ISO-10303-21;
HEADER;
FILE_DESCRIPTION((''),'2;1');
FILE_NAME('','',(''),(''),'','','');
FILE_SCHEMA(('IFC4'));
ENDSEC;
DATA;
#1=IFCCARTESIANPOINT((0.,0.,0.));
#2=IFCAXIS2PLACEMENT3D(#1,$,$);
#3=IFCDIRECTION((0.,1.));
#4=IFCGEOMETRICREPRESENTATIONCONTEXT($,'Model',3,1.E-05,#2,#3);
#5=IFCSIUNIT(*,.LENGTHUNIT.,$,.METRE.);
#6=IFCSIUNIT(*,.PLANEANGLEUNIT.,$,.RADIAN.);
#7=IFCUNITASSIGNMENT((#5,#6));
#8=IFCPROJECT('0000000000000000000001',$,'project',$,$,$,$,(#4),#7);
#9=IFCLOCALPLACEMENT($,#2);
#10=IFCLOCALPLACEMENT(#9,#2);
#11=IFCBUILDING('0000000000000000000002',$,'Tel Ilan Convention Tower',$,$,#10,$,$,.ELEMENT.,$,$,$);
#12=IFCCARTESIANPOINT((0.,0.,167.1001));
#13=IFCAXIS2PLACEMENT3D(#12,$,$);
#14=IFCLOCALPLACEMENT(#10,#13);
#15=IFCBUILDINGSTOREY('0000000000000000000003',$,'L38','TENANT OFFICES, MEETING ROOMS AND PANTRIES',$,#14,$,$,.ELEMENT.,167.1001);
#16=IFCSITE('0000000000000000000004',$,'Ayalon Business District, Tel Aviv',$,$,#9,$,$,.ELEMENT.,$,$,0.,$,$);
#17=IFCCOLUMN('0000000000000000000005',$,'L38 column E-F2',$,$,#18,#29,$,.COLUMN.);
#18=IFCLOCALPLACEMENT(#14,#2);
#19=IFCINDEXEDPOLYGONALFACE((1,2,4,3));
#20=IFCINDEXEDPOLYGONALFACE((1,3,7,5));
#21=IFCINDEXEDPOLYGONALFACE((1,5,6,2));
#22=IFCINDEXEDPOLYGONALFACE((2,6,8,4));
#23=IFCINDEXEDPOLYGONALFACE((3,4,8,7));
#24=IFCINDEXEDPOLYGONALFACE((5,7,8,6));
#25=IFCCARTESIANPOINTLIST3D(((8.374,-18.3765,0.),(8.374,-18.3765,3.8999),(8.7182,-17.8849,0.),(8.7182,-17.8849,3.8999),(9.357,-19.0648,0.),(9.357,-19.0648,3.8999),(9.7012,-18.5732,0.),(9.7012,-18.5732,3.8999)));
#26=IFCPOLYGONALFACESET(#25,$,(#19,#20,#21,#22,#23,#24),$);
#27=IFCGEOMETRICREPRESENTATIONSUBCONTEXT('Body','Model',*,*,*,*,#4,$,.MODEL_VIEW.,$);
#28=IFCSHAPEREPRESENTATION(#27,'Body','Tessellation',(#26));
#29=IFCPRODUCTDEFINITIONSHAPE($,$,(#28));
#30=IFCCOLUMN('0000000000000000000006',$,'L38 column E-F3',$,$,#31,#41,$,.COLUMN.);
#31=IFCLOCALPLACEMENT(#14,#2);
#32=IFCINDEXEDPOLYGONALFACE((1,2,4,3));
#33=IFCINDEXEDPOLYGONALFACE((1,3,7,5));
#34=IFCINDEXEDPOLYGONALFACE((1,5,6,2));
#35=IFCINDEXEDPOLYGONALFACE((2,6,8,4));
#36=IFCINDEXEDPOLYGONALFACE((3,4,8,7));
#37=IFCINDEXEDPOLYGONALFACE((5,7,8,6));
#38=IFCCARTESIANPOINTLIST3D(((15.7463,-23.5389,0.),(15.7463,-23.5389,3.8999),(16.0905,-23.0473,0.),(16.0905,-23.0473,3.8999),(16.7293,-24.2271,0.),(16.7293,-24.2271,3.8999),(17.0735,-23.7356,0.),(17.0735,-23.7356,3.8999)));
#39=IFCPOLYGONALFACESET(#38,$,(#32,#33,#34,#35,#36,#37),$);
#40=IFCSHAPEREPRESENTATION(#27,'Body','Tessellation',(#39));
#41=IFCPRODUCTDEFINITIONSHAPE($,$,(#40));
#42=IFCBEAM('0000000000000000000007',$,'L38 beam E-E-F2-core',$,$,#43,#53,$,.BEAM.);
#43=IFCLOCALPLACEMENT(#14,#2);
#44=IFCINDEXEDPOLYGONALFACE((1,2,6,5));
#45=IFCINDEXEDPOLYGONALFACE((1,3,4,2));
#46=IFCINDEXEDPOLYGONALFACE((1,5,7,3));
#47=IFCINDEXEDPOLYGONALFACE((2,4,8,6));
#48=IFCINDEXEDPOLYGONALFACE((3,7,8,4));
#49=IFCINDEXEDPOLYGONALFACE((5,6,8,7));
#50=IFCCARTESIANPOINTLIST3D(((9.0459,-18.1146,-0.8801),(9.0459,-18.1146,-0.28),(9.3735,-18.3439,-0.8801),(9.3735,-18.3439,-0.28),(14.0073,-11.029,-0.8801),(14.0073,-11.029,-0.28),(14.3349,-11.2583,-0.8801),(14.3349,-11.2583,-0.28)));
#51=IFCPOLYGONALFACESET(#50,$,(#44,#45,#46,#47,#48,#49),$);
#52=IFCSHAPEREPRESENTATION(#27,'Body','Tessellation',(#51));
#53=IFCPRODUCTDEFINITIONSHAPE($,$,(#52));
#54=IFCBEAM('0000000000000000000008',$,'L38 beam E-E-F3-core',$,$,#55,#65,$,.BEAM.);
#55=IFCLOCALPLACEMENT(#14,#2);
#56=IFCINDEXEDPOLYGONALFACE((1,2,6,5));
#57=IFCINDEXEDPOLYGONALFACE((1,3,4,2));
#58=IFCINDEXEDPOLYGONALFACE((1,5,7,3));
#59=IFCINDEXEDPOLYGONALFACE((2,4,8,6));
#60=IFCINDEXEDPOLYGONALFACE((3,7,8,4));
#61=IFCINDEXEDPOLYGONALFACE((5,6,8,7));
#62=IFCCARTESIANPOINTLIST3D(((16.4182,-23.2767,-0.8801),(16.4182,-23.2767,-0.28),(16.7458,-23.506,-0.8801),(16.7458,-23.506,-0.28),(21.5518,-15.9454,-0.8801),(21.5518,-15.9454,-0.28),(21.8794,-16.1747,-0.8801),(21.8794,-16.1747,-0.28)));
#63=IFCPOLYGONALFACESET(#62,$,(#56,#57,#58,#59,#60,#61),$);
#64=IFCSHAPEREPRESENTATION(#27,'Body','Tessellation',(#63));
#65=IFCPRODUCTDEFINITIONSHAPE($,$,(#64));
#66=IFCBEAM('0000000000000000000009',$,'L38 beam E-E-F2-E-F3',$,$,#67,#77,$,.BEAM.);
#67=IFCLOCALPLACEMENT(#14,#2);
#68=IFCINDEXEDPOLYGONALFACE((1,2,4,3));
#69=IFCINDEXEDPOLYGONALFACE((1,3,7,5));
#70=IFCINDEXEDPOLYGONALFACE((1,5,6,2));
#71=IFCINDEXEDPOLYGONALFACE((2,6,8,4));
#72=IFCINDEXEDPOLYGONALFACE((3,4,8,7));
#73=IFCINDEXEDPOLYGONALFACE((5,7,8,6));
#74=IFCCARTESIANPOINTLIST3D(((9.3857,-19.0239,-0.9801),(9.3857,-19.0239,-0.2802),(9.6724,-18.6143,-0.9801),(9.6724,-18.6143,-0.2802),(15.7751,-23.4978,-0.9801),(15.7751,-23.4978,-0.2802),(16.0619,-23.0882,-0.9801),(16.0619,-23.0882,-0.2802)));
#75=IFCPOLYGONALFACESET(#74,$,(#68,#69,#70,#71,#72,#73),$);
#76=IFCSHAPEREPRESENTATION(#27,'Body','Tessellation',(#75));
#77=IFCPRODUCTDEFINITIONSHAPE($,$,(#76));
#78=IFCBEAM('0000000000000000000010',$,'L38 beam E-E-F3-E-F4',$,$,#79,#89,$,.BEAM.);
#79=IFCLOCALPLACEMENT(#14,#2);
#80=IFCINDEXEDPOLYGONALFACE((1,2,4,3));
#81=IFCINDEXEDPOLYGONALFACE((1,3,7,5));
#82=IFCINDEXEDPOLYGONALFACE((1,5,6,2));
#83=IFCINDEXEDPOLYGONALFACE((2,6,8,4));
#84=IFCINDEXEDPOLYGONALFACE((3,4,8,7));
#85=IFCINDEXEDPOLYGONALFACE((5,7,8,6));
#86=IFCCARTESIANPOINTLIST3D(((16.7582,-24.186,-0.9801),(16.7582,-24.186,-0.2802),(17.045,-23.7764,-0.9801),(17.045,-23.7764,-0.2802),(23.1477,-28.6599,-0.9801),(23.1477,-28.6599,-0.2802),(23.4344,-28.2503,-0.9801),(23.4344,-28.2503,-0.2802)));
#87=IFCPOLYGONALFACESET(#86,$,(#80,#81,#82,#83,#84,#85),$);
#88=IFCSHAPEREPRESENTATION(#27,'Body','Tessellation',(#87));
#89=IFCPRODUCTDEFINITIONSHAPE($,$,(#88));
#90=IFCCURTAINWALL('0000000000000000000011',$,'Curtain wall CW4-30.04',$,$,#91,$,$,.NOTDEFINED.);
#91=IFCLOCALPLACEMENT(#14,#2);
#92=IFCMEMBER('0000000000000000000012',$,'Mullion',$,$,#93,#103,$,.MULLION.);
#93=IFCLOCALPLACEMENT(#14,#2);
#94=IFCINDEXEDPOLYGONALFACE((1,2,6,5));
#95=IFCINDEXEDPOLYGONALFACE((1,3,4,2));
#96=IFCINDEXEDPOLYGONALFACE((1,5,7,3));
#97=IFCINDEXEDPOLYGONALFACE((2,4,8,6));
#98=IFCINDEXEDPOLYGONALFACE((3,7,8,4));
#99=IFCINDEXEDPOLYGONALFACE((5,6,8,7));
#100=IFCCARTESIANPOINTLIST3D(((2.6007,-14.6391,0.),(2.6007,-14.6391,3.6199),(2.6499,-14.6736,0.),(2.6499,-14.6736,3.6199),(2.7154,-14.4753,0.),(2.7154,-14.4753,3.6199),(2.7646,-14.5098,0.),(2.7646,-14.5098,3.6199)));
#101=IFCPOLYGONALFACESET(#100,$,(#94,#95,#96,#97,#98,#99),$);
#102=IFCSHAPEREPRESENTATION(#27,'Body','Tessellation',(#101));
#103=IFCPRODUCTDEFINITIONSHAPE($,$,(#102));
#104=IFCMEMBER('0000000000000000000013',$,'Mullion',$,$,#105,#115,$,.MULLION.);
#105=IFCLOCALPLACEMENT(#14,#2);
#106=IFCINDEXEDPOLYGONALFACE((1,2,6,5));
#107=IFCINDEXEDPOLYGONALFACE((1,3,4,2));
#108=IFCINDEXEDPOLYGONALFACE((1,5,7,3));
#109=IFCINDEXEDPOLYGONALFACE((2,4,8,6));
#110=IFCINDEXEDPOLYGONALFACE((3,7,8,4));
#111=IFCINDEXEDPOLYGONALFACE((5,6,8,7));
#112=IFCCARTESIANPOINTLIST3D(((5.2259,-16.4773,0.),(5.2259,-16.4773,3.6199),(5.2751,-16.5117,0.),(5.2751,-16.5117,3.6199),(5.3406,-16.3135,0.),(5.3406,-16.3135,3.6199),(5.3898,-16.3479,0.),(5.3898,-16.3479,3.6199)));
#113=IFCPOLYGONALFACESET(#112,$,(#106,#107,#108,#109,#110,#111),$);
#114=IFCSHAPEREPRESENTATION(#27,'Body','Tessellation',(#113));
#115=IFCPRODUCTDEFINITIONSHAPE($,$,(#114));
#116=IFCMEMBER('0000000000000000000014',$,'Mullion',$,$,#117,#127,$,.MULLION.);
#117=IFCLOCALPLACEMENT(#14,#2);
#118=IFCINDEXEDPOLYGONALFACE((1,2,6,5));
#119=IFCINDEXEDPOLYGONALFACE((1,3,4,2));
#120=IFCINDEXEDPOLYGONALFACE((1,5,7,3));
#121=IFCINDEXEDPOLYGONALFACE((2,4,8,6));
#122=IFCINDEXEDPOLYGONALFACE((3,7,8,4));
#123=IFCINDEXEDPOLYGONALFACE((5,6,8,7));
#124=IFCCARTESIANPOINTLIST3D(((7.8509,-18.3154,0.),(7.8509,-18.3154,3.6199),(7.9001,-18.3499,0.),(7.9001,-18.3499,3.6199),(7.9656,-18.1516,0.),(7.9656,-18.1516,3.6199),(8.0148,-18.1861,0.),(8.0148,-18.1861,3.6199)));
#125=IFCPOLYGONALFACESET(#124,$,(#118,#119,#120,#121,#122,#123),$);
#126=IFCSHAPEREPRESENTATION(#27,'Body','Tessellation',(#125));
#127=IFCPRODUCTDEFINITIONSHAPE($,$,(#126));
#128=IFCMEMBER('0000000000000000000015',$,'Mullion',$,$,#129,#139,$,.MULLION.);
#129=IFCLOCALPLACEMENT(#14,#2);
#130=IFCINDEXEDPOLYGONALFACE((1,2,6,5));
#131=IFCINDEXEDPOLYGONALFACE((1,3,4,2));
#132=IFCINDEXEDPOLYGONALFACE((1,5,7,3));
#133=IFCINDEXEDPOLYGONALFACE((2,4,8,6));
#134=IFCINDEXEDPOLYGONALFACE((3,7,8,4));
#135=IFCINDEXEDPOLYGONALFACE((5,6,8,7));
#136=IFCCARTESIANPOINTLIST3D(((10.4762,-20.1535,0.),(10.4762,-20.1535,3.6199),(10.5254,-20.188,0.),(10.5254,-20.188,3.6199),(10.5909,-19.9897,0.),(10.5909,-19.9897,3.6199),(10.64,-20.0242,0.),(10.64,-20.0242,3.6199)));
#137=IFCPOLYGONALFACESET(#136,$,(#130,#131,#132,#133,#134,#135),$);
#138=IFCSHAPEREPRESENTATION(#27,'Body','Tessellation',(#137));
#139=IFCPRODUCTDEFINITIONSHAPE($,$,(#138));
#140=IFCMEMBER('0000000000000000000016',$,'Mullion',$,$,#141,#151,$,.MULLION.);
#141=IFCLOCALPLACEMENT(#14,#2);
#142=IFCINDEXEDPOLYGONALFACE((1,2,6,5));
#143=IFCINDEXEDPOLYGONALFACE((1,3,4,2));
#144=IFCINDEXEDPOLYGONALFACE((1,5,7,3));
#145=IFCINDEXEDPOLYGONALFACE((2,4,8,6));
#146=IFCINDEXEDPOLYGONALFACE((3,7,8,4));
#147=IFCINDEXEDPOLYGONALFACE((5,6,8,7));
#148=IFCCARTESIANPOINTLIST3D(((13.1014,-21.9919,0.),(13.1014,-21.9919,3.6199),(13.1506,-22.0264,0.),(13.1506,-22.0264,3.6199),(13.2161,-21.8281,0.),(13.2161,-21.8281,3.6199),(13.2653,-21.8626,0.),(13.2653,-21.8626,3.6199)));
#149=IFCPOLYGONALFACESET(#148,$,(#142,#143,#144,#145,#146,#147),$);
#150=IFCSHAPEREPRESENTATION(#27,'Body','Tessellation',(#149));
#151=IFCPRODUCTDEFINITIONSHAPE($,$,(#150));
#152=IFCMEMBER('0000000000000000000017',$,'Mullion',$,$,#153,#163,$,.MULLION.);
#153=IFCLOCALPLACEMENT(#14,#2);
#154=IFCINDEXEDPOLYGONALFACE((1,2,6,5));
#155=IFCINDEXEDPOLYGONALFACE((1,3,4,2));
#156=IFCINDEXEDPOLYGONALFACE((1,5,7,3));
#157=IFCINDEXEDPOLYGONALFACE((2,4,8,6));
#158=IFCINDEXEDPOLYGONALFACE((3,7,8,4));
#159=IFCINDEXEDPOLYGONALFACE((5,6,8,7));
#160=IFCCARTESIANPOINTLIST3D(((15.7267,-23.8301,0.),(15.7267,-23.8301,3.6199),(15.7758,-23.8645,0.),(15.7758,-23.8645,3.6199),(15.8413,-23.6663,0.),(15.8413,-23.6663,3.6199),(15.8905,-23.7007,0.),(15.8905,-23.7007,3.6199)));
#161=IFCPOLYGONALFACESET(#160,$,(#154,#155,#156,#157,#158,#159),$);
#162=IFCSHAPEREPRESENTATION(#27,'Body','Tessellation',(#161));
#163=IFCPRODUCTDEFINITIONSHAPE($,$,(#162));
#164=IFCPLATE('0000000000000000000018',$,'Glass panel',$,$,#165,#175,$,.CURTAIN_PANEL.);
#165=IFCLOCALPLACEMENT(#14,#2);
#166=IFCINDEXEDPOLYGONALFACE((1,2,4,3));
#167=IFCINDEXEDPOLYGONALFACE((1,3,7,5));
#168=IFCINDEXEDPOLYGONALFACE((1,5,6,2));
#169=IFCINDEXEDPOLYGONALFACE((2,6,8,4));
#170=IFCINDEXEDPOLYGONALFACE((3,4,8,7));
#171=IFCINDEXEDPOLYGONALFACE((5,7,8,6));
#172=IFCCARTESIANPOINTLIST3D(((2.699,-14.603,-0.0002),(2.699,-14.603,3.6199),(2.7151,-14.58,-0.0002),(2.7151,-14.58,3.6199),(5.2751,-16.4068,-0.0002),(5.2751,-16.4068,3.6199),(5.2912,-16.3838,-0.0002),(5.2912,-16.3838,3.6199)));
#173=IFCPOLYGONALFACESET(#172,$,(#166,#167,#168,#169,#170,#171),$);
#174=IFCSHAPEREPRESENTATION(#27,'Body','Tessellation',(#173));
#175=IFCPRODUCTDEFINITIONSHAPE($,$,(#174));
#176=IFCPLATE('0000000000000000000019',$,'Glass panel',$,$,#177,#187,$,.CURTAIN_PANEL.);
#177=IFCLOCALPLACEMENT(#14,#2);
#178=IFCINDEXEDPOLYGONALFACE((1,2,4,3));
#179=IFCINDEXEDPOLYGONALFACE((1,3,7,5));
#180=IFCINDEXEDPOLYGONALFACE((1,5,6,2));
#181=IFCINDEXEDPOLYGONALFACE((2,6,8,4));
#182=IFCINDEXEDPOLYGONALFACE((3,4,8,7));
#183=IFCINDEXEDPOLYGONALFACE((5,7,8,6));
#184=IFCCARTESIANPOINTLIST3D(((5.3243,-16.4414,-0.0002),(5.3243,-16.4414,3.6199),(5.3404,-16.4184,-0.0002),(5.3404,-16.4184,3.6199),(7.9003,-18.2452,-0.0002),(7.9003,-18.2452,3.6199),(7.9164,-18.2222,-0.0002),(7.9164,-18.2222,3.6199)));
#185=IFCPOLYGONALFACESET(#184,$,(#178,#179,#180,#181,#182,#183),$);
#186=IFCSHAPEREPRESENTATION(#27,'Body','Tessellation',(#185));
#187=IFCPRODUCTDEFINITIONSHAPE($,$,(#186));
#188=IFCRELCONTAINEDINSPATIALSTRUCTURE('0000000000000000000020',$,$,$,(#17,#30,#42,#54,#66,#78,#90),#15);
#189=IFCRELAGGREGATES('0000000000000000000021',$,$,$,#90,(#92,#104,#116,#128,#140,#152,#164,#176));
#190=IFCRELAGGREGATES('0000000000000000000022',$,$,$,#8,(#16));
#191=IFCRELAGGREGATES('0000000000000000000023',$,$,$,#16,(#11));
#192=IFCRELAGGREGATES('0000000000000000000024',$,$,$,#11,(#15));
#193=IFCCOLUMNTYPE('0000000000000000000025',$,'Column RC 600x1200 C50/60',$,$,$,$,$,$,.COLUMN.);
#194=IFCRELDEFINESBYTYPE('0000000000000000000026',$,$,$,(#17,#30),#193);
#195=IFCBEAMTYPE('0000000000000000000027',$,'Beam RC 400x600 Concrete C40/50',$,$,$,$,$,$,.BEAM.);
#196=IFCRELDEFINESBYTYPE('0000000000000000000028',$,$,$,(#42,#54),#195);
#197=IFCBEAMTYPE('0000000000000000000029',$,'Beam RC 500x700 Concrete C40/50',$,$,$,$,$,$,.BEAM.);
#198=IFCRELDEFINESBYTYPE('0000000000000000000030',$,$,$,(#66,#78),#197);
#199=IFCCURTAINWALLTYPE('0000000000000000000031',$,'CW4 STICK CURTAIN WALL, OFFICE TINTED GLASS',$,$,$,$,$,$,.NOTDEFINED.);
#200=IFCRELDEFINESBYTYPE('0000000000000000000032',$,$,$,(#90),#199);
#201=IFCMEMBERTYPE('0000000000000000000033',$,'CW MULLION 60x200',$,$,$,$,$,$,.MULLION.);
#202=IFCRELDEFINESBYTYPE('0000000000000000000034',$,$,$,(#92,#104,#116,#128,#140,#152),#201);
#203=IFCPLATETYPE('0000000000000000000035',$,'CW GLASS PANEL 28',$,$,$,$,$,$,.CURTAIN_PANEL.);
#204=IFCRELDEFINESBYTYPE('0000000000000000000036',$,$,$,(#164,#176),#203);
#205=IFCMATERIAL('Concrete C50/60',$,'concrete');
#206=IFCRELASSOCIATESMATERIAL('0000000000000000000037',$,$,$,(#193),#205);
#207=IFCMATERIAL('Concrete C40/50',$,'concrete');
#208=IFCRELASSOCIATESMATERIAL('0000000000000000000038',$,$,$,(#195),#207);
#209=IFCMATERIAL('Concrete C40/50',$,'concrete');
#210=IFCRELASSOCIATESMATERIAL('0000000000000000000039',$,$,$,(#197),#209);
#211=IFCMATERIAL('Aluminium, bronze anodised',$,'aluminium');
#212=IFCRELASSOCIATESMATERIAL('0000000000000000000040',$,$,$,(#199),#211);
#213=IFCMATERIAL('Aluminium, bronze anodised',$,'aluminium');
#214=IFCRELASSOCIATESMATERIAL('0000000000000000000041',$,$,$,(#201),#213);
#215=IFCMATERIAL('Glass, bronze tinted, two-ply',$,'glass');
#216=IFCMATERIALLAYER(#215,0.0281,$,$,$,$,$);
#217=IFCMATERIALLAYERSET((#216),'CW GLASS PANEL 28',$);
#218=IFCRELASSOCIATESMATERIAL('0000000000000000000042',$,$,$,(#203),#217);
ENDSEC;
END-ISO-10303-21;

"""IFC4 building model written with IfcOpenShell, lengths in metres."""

from ifc_helpers import new_model, si_unit, direction, frame, origin, origin_2d, place, context, subcontext, project, spatial, rectangle, extrude, material, layer, layer_set, material_profile, profile_set, type_object, element, aggregate, save


model = new_model("IFC4")

# Units and contexts
model_context = context("Model", 3, precision=1e-05, world=origin(), true_north=direction((0.0, 1.0)))
body_context = subcontext(model_context, "Body", "Model", "MODEL_VIEW")
ifc_project = project(units=[si_unit("LENGTHUNIT", "METRE"), si_unit("PLANEANGLEUNIT", "RADIAN")], contexts=[model_context])

# Site, building, storey
site_placement = place(None, origin())
site = spatial("IfcSite", under=ifc_project, at=site_placement, Name="Ayalon Business District, Tel Aviv", CompositionType="ELEMENT", RefElevation=0.0)
building_placement = place(site_placement, origin())
building = spatial("IfcBuilding", under=site, at=building_placement, Name="Tel Ilan Convention Tower", CompositionType="ELEMENT")
storey_placement = place(building_placement, frame((0.0, 0.0, 167.1001)))
storey = spatial("IfcBuildingStorey", under=building, at=storey_placement, Name="L38", Description="TENANT OFFICES, MEETING ROOMS AND PANTRIES", CompositionType="ELEMENT", Elevation=167.1001)

# Columns
ifc_material_1 = material(Name="Concrete C50/60", Category="concrete")
ifc_material_profile_1 = material_profile(ifc_material_1, rectangle(XDim=1.2, YDim=0.6001, at=origin_2d()), Name="RC 600x1200")
ifc_profile_set_1 = profile_set([ifc_material_profile_1], Name="Concrete C50/60")
column_type = type_object("IfcColumnType", Name="Column RC 600x1200 C50/60", PredefinedType="COLUMN", material=ifc_profile_set_1)
for number, where, z_axis, x_axis, name in (
    (1, (9.0376, -18.4749, 0.0), (0.0, 0.0, 1.0), (0.819152, -0.573576, 0.0), "L38 column E-F2"),
    (2, (16.4099, -23.6372, 0.0), (0.0, 0.0, 1.0), (0.819152, -0.573576, 0.0), "L38 column E-F3"),
):
    element("IfcColumn", number, at=place(storey_placement, frame(where, z_axis=z_axis, x_axis=x_axis)), inside=storey, type_object=column_type, Name=name, PredefinedType="COLUMN", context=body_context, shape_type="SweptSolid", body=[
        extrude(rectangle(XDim=1.2, YDim=0.6001, at=origin_2d()), origin(), (0.0, 0.0, 1.0), 3.8999),
    ])

# Beams
ifc_material_2 = material(Name="Concrete C40/50", Category="concrete")
ifc_material_profile_2 = material_profile(ifc_material_2, rectangle(XDim=0.3999, YDim=0.6001, at=origin_2d()), Name="RC 400x600")
ifc_profile_set_2 = profile_set([ifc_material_profile_2], Name="Concrete C40/50")
beam_type_1 = type_object("IfcBeamType", Name="Beam RC 400x600 Concrete C40/50", PredefinedType="BEAM", material=ifc_profile_set_2)
beam_1_placement = place(storey_placement, frame((9.2097, -18.2292, -0.5801), z_axis=(0.573574, 0.819154, 0.0), x_axis=(-0.819154, 0.573574, 0.0)))
element("IfcBeam", 3, at=beam_1_placement, inside=storey, type_object=beam_type_1, Name="L38 beam E-E-F2-core", PredefinedType="BEAM", context=body_context, shape_type="SweptSolid", body=[
    extrude(rectangle(XDim=0.3999, YDim=0.6001, at=origin_2d()), origin(), (0.0, 0.0, 1.0), 8.6499),
])
beam_2_placement = place(storey_placement, frame((16.582, -23.3914, -0.5801), z_axis=(0.573585, 0.819146, 0.0), x_axis=(-0.819146, 0.573585, 0.0)))
element("IfcBeam", 4, at=beam_2_placement, inside=storey, type_object=beam_type_1, Name="L38 beam E-E-F3-core", PredefinedType="BEAM", context=body_context, shape_type="SweptSolid", body=[
    extrude(rectangle(XDim=0.3999, YDim=0.6001, at=origin_2d()), origin(), (0.0, 0.0, 1.0), 8.95),
])
ifc_material_3 = material(Name="Concrete C40/50", Category="concrete")
ifc_material_profile_3 = material_profile(ifc_material_3, rectangle(XDim=0.5, YDim=0.7, at=origin_2d()), Name="RC 500x700")
ifc_profile_set_3 = profile_set([ifc_material_profile_3], Name="Concrete C40/50")
beam_type_2 = type_object("IfcBeamType", Name="Beam RC 500x700 Concrete C40/50", PredefinedType="BEAM", material=ifc_profile_set_3)
for number, where, z_axis, x_axis, name in (
    (5, (9.5291, -18.8191, -0.6301), (0.819154, -0.573574, 0.0), (0.573574, 0.819154, 0.0), "L38 beam E-E-F2-E-F3"),
    (6, (16.9016, -23.9812, -0.6301), (0.819154, -0.573574, 0.0), (0.573574, 0.819154, 0.0), "L38 beam E-E-F3-E-F4"),
):
    element("IfcBeam", number, at=place(storey_placement, frame(where, z_axis=z_axis, x_axis=x_axis)), inside=storey, type_object=beam_type_2, Name=name, PredefinedType="BEAM", context=body_context, shape_type="SweptSolid", body=[
        extrude(rectangle(XDim=0.5, YDim=0.7, at=origin_2d()), origin(), (0.0, 0.0, 1.0), 7.8),
    ])

# Curtain wall, members, plates
ifc_material_4 = material(Name="Aluminium, bronze anodised", Category="aluminium")
curtain_wall_type = type_object("IfcCurtainWallType", Name="CW4 STICK CURTAIN WALL, OFFICE TINTED GLASS", PredefinedType="NOTDEFINED", material=ifc_material_4)
curtain_wall_placement = place(storey_placement, origin())
curtain_wall = element("IfcCurtainWall", 7, at=curtain_wall_placement, inside=storey, type_object=curtain_wall_type, Name="Curtain wall CW4-30.04", PredefinedType="NOTDEFINED")
ifc_material_5 = material(Name="Aluminium, bronze anodised", Category="aluminium")
ifc_material_profile_4 = material_profile(ifc_material_5, rectangle(XDim=0.0601, YDim=0.2, at=origin_2d()), Name="CW MULLION 60x200")
ifc_profile_set_4 = profile_set([ifc_material_profile_4], Name="Aluminium, bronze anodised")
member_type = type_object("IfcMemberType", Name="CW MULLION 60x200", PredefinedType="MULLION", material=ifc_profile_set_4)
member_1_placement = place(storey_placement, frame((2.6826, -14.5745, 0.0), z_axis=(0.0, 0.0, 1.0), x_axis=(0.819152, -0.573576, 0.0)))
member_1 = element("IfcMember", 8, at=member_1_placement, type_object=member_type, Name="Mullion", PredefinedType="MULLION", context=body_context, shape_type="SweptSolid", body=[
    extrude(rectangle(XDim=0.0601, YDim=0.2, at=origin_2d()), origin(), (0.0, 0.0, 1.0), 3.6199),
])
member_2_placement = place(storey_placement, frame((5.3079, -16.4126, 0.0), z_axis=(0.0, 0.0, 1.0), x_axis=(0.819152, -0.573576, 0.0)))
member_2 = element("IfcMember", 9, at=member_2_placement, type_object=member_type, Name="Mullion", PredefinedType="MULLION", context=body_context, shape_type="SweptSolid", body=[
    extrude(rectangle(XDim=0.0601, YDim=0.2, at=origin_2d()), origin(), (0.0, 0.0, 1.0), 3.6199),
])
member_3_placement = place(storey_placement, frame((7.9329, -18.2507, 0.0), z_axis=(0.0, 0.0, 1.0), x_axis=(0.819152, -0.573576, 0.0)))
member_3 = element("IfcMember", 10, at=member_3_placement, type_object=member_type, Name="Mullion", PredefinedType="MULLION", context=body_context, shape_type="SweptSolid", body=[
    extrude(rectangle(XDim=0.0601, YDim=0.2, at=origin_2d()), origin(), (0.0, 0.0, 1.0), 3.6199),
])
member_4_placement = place(storey_placement, frame((10.5581, -20.0889, 0.0), z_axis=(0.0, 0.0, 1.0), x_axis=(0.819152, -0.573576, 0.0)))
member_4 = element("IfcMember", 11, at=member_4_placement, type_object=member_type, Name="Mullion", PredefinedType="MULLION", context=body_context, shape_type="SweptSolid", body=[
    extrude(rectangle(XDim=0.0601, YDim=0.2, at=origin_2d()), origin(), (0.0, 0.0, 1.0), 3.6199),
])
member_5_placement = place(storey_placement, frame((13.1833, -21.9272, 0.0), z_axis=(0.0, 0.0, 1.0), x_axis=(0.819152, -0.573576, 0.0)))
member_5 = element("IfcMember", 12, at=member_5_placement, type_object=member_type, Name="Mullion", PredefinedType="MULLION", context=body_context, shape_type="SweptSolid", body=[
    extrude(rectangle(XDim=0.0601, YDim=0.2, at=origin_2d()), origin(), (0.0, 0.0, 1.0), 3.6199),
])
member_6_placement = place(storey_placement, frame((15.8086, -23.7654, 0.0), z_axis=(0.0, 0.0, 1.0), x_axis=(0.819152, -0.573576, 0.0)))
member_6 = element("IfcMember", 13, at=member_6_placement, type_object=member_type, Name="Mullion", PredefinedType="MULLION", context=body_context, shape_type="SweptSolid", body=[
    extrude(rectangle(XDim=0.0601, YDim=0.2, at=origin_2d()), origin(), (0.0, 0.0, 1.0), 3.6199),
])
ifc_material_6 = material(Name="Glass, bronze tinted, two-ply", Category="glass")
ifc_layer_1 = layer(ifc_material_6, 0.0281)
ifc_layer_set_1 = layer_set([ifc_layer_1], Name="CW GLASS PANEL 28")
plate_type = type_object("IfcPlateType", Name="CW GLASS PANEL 28", PredefinedType="CURTAIN_PANEL", material=ifc_layer_set_1)
plate_1_placement = place(storey_placement, frame((3.9951, -15.4934, -0.0002), z_axis=(0.0, 0.0, 1.0), x_axis=(0.819152, -0.573576, 0.0)))
plate_1 = element("IfcPlate", 14, at=plate_1_placement, type_object=plate_type, Name="Glass panel", PredefinedType="CURTAIN_PANEL", context=body_context, shape_type="SweptSolid", body=[
    extrude(rectangle(XDim=3.1448, YDim=0.0281, at=origin_2d()), origin(), (0.0, 0.0, 1.0), 3.6201),
])
plate_2_placement = place(storey_placement, frame((6.6204, -17.3318, -0.0002), z_axis=(0.0, 0.0, 1.0), x_axis=(0.819152, -0.573576, 0.0)))
plate_2 = element("IfcPlate", 15, at=plate_2_placement, type_object=plate_type, Name="Glass panel", PredefinedType="CURTAIN_PANEL", context=body_context, shape_type="SweptSolid", body=[
    extrude(rectangle(XDim=3.1448, YDim=0.0281, at=origin_2d()), origin(), (0.0, 0.0, 1.0), 3.6201),
])
aggregate(curtain_wall, [member_1, member_2, member_3, member_4, member_5, member_6, plate_1, plate_2])

save(model, "model.ifc")
